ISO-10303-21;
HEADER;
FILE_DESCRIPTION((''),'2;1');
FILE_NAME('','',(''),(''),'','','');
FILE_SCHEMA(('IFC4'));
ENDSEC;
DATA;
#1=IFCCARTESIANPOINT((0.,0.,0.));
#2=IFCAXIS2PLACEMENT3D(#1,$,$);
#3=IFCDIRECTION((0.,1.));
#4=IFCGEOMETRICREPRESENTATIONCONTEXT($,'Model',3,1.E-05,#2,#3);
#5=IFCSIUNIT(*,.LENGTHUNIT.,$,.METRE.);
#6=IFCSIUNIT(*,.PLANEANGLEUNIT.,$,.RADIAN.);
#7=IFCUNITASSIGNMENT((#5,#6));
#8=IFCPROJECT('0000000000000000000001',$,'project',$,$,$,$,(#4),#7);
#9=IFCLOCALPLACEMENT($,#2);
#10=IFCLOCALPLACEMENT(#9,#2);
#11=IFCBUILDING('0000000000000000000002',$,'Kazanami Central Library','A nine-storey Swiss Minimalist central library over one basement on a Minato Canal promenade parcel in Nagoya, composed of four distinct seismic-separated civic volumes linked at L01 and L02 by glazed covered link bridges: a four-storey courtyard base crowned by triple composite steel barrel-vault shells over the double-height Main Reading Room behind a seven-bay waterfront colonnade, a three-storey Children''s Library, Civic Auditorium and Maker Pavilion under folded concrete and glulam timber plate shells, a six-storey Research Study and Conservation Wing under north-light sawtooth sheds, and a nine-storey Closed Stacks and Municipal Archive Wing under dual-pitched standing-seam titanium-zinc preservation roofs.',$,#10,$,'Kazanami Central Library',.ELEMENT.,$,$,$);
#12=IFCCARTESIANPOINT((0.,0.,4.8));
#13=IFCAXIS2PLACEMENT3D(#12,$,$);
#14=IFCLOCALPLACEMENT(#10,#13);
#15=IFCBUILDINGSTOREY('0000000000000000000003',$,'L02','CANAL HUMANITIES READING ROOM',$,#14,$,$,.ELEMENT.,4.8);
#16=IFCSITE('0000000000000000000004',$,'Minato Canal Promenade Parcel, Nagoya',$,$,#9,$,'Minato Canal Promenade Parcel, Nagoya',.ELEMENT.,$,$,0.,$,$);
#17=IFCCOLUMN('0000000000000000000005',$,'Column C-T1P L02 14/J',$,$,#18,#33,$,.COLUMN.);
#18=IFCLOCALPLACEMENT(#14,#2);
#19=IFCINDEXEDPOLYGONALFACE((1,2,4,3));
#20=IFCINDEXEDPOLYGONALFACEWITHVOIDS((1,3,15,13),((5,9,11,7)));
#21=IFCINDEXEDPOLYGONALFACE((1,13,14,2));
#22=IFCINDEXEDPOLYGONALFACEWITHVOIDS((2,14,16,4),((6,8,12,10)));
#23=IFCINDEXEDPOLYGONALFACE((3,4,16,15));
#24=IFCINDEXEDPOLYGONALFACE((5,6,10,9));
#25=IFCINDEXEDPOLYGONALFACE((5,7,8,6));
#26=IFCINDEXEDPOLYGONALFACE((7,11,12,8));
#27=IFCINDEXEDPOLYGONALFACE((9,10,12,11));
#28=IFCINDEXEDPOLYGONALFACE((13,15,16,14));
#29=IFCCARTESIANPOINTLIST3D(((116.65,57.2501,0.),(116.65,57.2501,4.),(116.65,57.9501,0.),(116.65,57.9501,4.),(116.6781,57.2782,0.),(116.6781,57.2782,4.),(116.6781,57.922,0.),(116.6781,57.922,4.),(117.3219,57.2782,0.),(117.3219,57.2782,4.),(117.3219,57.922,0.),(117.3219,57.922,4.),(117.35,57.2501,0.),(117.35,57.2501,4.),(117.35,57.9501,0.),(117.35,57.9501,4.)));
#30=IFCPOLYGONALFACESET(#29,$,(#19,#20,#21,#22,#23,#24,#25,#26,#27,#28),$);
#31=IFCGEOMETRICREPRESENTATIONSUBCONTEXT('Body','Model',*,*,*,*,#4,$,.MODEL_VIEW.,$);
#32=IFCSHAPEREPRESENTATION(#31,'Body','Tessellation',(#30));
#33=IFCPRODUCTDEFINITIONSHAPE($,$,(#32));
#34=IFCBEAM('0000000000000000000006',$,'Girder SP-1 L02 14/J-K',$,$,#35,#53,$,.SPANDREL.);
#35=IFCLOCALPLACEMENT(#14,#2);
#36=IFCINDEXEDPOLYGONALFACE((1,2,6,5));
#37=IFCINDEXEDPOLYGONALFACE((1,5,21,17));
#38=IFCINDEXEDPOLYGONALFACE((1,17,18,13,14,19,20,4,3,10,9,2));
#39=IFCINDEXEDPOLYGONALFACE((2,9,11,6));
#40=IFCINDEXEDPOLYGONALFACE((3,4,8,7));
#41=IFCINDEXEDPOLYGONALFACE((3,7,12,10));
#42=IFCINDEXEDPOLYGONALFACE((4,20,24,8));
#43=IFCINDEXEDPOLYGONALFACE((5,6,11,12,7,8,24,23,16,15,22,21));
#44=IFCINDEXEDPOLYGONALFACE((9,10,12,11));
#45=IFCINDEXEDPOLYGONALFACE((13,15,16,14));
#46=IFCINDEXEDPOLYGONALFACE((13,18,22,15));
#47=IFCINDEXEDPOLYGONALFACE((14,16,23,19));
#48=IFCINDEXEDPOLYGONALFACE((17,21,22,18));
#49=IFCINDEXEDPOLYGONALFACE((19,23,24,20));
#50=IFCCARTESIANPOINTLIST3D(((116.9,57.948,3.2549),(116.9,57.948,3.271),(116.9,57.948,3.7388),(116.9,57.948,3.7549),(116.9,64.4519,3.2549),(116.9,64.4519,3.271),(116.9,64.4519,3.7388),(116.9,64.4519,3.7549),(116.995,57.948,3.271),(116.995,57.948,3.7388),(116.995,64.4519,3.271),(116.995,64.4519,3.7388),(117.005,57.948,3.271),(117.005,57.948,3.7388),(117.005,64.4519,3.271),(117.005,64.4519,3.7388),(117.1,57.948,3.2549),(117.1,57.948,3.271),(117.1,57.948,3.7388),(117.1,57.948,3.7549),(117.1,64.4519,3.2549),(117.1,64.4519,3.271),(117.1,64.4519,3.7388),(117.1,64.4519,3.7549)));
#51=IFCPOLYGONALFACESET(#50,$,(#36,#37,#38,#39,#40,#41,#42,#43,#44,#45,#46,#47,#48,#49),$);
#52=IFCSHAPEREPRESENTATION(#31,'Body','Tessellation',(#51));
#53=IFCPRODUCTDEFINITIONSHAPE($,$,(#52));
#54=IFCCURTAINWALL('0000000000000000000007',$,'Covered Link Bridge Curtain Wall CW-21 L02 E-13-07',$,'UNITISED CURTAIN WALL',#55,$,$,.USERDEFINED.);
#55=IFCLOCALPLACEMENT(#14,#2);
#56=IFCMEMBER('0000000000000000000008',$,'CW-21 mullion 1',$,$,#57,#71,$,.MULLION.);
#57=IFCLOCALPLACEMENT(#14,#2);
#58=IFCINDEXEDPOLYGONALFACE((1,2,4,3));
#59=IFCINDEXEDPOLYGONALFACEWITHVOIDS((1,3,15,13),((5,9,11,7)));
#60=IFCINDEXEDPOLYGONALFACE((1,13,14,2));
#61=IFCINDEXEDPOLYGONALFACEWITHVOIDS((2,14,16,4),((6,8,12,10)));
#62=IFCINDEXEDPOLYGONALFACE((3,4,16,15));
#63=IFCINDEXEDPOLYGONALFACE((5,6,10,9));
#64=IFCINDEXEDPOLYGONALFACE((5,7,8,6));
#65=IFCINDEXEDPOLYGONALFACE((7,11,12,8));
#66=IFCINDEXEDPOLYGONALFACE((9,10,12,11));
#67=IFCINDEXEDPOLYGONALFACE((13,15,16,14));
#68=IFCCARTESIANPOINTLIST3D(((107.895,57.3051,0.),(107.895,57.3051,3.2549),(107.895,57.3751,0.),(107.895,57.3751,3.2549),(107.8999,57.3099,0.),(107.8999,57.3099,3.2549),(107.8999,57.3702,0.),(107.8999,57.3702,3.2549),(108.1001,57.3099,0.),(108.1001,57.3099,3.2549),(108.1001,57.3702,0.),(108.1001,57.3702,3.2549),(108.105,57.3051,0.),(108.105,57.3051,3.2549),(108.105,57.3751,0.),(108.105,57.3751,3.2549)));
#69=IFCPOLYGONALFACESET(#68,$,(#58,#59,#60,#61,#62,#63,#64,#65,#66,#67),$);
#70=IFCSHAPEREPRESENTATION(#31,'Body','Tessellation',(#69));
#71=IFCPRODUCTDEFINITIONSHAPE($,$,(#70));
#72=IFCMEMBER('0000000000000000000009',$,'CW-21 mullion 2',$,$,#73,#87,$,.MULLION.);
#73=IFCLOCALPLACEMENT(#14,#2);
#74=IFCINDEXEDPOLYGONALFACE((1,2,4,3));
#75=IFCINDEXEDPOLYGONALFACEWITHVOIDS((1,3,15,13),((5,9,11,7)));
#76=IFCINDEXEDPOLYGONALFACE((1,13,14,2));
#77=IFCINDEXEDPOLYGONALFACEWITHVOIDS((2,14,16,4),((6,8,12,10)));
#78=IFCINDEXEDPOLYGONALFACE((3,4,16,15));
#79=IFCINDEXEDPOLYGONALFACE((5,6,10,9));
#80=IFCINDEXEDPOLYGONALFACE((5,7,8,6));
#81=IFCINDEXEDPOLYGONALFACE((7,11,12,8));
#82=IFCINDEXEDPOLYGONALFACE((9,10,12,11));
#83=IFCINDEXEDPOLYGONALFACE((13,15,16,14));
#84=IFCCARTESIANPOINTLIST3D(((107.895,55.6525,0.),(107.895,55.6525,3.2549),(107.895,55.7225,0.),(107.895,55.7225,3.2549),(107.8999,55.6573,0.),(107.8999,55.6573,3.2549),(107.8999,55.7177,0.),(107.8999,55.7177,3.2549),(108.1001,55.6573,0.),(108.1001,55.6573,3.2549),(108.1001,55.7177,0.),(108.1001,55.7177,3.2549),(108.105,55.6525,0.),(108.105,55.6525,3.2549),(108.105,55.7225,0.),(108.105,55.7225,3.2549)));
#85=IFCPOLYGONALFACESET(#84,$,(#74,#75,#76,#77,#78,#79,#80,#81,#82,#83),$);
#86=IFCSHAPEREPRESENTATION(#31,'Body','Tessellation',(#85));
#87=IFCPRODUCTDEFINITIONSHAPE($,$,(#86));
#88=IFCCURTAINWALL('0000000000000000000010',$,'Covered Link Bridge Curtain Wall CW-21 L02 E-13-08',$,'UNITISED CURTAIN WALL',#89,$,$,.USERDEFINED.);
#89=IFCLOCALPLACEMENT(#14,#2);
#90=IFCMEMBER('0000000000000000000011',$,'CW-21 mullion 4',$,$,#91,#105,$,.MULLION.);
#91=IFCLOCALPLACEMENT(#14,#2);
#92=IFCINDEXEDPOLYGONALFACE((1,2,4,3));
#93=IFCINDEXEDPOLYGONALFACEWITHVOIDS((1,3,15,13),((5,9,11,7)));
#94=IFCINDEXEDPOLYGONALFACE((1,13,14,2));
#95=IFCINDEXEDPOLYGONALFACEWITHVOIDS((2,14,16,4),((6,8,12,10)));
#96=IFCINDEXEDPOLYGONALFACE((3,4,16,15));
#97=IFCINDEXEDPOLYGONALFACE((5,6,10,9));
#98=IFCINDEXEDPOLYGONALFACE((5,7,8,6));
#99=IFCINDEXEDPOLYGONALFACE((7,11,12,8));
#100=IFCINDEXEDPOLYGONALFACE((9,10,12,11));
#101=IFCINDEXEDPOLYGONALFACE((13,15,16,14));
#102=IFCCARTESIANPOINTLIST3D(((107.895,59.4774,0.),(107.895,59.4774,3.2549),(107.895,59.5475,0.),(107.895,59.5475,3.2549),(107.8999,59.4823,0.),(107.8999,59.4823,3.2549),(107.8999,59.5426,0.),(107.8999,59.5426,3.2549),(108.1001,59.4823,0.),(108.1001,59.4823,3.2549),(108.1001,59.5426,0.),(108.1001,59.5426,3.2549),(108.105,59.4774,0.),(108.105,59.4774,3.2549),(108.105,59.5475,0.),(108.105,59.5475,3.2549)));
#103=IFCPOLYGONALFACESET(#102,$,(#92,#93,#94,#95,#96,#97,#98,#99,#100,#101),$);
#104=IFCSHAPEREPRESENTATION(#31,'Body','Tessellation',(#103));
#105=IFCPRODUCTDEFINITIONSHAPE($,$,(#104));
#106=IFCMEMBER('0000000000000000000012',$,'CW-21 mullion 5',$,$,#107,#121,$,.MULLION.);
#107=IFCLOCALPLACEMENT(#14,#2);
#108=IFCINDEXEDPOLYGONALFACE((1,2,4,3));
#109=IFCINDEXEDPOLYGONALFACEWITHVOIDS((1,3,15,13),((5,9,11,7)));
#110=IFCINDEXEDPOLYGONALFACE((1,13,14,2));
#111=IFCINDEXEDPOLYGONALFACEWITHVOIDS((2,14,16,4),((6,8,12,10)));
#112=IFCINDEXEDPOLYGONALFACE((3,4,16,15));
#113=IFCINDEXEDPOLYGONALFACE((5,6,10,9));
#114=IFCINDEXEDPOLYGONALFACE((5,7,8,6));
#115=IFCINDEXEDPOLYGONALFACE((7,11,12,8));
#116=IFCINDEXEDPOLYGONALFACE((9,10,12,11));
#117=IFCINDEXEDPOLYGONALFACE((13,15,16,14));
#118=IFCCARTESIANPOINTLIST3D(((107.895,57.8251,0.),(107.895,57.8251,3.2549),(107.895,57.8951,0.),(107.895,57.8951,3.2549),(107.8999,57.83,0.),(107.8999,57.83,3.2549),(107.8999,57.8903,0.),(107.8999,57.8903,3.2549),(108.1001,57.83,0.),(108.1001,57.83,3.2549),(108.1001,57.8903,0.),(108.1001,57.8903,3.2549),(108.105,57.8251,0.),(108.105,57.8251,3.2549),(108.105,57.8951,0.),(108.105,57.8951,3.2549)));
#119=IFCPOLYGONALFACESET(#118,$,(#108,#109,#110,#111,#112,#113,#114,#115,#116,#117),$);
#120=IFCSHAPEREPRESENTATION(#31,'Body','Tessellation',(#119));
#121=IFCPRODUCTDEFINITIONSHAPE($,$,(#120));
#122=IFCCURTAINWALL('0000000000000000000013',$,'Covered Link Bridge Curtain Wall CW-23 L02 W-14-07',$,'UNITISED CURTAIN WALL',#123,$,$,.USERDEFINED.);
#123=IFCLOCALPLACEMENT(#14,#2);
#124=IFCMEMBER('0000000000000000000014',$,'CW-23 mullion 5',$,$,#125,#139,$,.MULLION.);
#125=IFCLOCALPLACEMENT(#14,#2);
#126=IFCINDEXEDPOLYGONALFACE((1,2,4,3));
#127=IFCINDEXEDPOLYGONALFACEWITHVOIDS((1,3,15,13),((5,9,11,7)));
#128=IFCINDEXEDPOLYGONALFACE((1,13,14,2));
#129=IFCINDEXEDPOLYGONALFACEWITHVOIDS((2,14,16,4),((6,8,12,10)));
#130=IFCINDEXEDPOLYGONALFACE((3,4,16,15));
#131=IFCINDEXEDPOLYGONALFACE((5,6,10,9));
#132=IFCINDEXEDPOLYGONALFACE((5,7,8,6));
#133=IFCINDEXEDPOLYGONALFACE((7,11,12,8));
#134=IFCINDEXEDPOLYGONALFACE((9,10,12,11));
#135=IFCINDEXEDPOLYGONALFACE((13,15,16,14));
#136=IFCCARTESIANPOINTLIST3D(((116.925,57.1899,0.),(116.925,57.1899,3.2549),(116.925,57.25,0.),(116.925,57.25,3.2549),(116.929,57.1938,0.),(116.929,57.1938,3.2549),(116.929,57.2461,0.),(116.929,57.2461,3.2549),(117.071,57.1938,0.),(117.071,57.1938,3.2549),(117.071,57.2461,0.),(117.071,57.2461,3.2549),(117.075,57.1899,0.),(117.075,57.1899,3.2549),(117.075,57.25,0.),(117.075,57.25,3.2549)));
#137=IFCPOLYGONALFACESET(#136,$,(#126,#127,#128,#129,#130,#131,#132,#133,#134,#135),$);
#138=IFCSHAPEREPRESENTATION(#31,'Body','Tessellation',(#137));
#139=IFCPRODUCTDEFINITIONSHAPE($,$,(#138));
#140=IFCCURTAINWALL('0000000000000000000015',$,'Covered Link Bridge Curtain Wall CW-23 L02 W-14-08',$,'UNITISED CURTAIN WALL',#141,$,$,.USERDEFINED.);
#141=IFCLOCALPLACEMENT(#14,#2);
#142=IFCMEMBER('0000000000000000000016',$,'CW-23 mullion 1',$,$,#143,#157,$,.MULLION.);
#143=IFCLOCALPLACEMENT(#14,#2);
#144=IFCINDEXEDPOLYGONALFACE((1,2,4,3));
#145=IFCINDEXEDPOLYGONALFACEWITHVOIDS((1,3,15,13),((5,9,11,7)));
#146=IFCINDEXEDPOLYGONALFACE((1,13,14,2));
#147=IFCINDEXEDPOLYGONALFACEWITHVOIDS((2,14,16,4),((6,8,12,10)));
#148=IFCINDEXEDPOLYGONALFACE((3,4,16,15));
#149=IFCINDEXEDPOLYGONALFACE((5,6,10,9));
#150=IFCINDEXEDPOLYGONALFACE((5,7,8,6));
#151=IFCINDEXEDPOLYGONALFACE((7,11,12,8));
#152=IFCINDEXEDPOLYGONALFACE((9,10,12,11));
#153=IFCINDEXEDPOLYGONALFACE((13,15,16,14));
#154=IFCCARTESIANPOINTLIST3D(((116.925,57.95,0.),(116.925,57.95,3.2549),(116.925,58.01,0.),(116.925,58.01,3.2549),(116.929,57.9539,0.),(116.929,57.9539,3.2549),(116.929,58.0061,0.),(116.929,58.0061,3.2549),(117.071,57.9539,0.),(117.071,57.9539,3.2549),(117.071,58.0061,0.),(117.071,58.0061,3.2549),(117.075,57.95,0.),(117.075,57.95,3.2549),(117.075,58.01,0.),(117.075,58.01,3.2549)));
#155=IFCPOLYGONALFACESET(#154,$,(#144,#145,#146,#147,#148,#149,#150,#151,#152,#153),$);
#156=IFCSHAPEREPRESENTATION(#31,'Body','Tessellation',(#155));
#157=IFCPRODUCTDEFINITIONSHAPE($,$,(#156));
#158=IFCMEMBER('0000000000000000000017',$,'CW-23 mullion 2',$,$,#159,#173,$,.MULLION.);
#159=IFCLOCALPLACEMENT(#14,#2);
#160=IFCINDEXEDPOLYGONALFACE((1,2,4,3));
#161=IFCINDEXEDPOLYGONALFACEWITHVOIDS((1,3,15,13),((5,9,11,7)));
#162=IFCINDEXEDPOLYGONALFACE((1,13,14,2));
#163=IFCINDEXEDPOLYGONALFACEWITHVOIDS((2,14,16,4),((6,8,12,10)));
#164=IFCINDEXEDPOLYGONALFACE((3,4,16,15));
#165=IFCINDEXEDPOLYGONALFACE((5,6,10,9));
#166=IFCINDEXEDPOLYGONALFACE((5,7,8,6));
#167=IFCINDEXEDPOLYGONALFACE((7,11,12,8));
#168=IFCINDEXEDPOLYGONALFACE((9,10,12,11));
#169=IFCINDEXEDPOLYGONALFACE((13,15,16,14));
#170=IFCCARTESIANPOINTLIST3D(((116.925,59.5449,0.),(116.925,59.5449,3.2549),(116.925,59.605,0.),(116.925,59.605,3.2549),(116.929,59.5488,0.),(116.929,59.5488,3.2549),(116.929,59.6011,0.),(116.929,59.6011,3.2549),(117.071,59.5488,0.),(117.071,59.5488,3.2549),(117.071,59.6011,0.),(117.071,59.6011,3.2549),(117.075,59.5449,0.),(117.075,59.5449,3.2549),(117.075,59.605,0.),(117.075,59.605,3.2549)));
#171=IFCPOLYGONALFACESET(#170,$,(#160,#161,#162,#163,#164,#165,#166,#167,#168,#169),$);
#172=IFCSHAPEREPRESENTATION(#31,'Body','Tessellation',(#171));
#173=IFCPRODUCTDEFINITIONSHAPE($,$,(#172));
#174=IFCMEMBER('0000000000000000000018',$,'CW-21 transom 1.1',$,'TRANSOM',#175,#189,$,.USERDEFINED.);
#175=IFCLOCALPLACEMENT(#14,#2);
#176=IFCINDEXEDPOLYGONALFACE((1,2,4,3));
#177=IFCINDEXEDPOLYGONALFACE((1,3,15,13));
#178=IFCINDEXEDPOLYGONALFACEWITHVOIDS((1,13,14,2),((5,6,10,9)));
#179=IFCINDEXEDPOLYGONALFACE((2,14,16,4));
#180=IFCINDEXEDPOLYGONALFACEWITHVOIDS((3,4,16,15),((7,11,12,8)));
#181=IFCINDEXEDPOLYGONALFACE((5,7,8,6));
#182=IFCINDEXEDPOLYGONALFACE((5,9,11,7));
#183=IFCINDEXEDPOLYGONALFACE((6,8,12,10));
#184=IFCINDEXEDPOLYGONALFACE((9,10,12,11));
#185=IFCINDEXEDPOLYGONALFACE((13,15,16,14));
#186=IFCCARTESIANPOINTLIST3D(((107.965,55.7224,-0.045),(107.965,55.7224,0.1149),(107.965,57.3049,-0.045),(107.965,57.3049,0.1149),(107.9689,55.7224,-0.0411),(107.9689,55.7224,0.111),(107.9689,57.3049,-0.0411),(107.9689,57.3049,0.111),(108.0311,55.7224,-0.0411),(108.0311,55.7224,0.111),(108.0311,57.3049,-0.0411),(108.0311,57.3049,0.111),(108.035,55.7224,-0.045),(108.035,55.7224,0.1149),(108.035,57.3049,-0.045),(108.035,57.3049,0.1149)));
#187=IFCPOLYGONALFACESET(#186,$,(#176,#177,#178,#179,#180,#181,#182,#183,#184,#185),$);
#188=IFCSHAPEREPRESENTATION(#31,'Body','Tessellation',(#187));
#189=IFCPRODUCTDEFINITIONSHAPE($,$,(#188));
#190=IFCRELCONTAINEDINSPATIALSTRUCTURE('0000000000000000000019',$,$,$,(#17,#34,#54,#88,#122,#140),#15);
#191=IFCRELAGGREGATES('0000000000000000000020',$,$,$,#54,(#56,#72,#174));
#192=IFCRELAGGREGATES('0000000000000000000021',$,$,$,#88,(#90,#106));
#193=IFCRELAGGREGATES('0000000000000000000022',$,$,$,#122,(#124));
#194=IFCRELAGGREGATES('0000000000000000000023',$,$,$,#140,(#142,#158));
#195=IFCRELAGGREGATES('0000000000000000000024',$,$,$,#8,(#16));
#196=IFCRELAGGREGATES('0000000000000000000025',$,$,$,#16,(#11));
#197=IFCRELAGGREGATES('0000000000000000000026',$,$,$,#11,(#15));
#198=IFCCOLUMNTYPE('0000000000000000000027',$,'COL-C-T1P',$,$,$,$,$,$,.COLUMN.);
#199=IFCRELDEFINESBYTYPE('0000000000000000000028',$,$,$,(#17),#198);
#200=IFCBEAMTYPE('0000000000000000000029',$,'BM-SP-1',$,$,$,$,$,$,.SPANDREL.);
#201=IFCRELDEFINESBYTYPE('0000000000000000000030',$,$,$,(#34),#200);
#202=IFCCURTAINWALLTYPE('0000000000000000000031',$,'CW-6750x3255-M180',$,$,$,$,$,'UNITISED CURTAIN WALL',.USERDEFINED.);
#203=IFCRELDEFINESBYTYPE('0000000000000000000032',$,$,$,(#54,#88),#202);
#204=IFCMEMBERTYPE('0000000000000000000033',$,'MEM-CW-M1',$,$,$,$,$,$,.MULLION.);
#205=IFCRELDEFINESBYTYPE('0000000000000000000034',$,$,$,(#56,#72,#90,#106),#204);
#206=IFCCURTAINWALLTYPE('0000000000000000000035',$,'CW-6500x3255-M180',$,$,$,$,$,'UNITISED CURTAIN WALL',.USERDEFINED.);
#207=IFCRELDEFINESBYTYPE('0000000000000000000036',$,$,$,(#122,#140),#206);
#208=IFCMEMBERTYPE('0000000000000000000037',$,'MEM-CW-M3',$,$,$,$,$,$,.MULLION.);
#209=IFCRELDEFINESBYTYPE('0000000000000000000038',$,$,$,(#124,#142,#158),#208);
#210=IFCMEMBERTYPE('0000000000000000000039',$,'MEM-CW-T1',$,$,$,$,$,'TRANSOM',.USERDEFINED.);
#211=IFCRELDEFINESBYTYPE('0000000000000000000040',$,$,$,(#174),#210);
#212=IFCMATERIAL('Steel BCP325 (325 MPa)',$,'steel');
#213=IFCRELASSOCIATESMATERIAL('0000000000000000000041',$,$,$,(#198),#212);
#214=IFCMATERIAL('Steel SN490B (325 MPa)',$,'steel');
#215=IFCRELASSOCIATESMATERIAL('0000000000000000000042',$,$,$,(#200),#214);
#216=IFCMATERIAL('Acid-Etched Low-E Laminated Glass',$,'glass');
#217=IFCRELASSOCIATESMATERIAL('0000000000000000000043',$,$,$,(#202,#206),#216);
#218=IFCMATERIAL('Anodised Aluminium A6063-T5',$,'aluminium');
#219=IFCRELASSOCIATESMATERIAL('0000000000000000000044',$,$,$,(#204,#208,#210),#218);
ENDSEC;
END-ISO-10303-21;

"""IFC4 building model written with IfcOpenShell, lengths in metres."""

from ifc_helpers import new_model, si_unit, direction, frame, origin, origin_2d, place, context, subcontext, project, spatial, hollow_rectangle, i_section, extrude, material, material_profile, profile_set, type_object, element, aggregate, save


model = new_model("IFC4")

# Units and contexts
model_context = context("Model", 3, precision=1e-05, world=origin(), true_north=direction((0.0, 1.0)))
body_context = subcontext(model_context, "Body", "Model", "MODEL_VIEW")
ifc_project = project(units=[si_unit("LENGTHUNIT", "METRE"), si_unit("PLANEANGLEUNIT", "RADIAN")], contexts=[model_context])

# Site, building, storey
site_placement = place(None, origin())
site = spatial("IfcSite", under=ifc_project, at=site_placement, Name="Minato Canal Promenade Parcel, Nagoya", LongName="Minato Canal Promenade Parcel, Nagoya", CompositionType="ELEMENT", RefElevation=0.0)
building_placement = place(site_placement, origin())
building = spatial("IfcBuilding", under=site, at=building_placement, Name="Kazanami Central Library", Description="A nine-storey Swiss Minimalist central library over one basement on a Minato Canal promenade parcel in Nagoya, composed of four distinct seismic-separated civic volumes linked at L01 and L02 by glazed covered link bridges: a four-storey courtyard base crowned by triple composite steel barrel-vault shells over the double-height Main Reading Room behind a seven-bay waterfront colonnade, a three-storey Children's Library, Civic Auditorium and Maker Pavilion under folded concrete and glulam timber plate shells, a six-storey Research Study and Conservation Wing under north-light sawtooth sheds, and a nine-storey Closed Stacks and Municipal Archive Wing under dual-pitched standing-seam titanium-zinc preservation roofs.", LongName="Kazanami Central Library", CompositionType="ELEMENT")
storey_placement = place(building_placement, frame((0.0, 0.0, 4.8)))
storey = spatial("IfcBuildingStorey", under=building, at=storey_placement, Name="L02", Description="CANAL HUMANITIES READING ROOM", CompositionType="ELEMENT", Elevation=4.8)

# Column
ifc_material_1 = material(Name="Steel BCP325 (325 MPa)", Category="steel")
ifc_material_profile_1 = material_profile(ifc_material_1, hollow_rectangle(XDim=0.7, YDim=0.7, WallThickness=0.0281, at=origin_2d()), Name="BCP-700x700x28")
ifc_profile_set_1 = profile_set([ifc_material_profile_1], Name="Steel BCP325 (325 MPa)")
column_type = type_object("IfcColumnType", Name="COL-C-T1P", PredefinedType="COLUMN", material=ifc_profile_set_1)
column_placement = place(storey_placement, frame((117.0, 57.6001, 0.0), z_axis=(0.0, 0.0, 1.0), x_axis=(1.0, 0.0, 0.0)))
element("IfcColumn", 1, at=column_placement, inside=storey, type_object=column_type, Name="Column C-T1P L02 14/J", PredefinedType="COLUMN", context=body_context, shape_type="SweptSolid", body=[
    extrude(hollow_rectangle(XDim=0.7, YDim=0.7, WallThickness=0.0281, at=origin_2d()), origin(), (0.0, 0.0, 1.0), 4.0),
])

# Beam
ifc_material_2 = material(Name="Steel SN490B (325 MPa)", Category="steel")
ifc_material_profile_2 = material_profile(ifc_material_2, i_section(OverallWidth=0.2, OverallDepth=0.5, WebThickness=0.01, FlangeThickness=0.0161, at=origin_2d()), Name="H-500x200x10x16")
ifc_profile_set_2 = profile_set([ifc_material_profile_2], Name="Steel SN490B (325 MPa)")
beam_type = type_object("IfcBeamType", Name="BM-SP-1", PredefinedType="SPANDREL", material=ifc_profile_set_2)
beam_placement = place(storey_placement, frame((117.0, 57.948, 3.5049), z_axis=(0.0, 1.0, 0.0), x_axis=(-1.0, 0.0, 0.0)))
element("IfcBeam", 2, at=beam_placement, inside=storey, type_object=beam_type, Name="Girder SP-1 L02 14/J-K", PredefinedType="SPANDREL", context=body_context, shape_type="SweptSolid", body=[
    extrude(i_section(OverallWidth=0.2, OverallDepth=0.5, WebThickness=0.01, FlangeThickness=0.0161, at=origin_2d()), origin(), (0.0, 0.0, 1.0), 6.5039),
])

# Curtain walls, members
ifc_material_3 = material(Name="Acid-Etched Low-E Laminated Glass", Category="glass")
curtain_wall_type_1 = type_object("IfcCurtainWallType", Name="CW-6750x3255-M180", ElementType="UNITISED CURTAIN WALL", PredefinedType="USERDEFINED", material=ifc_material_3)
curtain_wall_1_placement = place(storey_placement, origin())
curtain_wall_1 = element("IfcCurtainWall", 3, at=curtain_wall_1_placement, inside=storey, type_object=curtain_wall_type_1, Name="Covered Link Bridge Curtain Wall CW-21 L02 E-13-07", ObjectType="UNITISED CURTAIN WALL", PredefinedType="USERDEFINED")
ifc_material_4 = material(Name="Anodised Aluminium A6063-T5", Category="aluminium")
ifc_material_profile_3 = material_profile(ifc_material_4, hollow_rectangle(XDim=0.0701, YDim=0.21, WallThickness=0.0049, at=origin_2d()), Name="ALU-MULL-70x210x5")
ifc_profile_set_3 = profile_set([ifc_material_profile_3], Name="Anodised Aluminium A6063-T5")
member_type_1 = type_object("IfcMemberType", Name="MEM-CW-M1", PredefinedType="MULLION", material=ifc_profile_set_3)
member_1_placement = place(storey_placement, frame((108.0, 57.3401, 0.0), z_axis=(0.0, 0.0, 1.0), x_axis=(0.0, -1.0, 0.0)))
member_1 = element("IfcMember", 4, at=member_1_placement, type_object=member_type_1, Name="CW-21 mullion 1", PredefinedType="MULLION", context=body_context, shape_type="SweptSolid", body=[
    extrude(hollow_rectangle(XDim=0.0701, YDim=0.21, WallThickness=0.0049, at=origin_2d()), origin(), (0.0, 0.0, 1.0), 3.2549),
])
member_2_placement = place(storey_placement, frame((108.0, 55.6875, 0.0), z_axis=(0.0, 0.0, 1.0), x_axis=(0.0, -1.0, 0.0)))
member_2 = element("IfcMember", 5, at=member_2_placement, type_object=member_type_1, Name="CW-21 mullion 2", PredefinedType="MULLION", context=body_context, shape_type="SweptSolid", body=[
    extrude(hollow_rectangle(XDim=0.0701, YDim=0.21, WallThickness=0.0049, at=origin_2d()), origin(), (0.0, 0.0, 1.0), 3.2549),
])
curtain_wall_2_placement = place(storey_placement, origin())
curtain_wall_2 = element("IfcCurtainWall", 6, at=curtain_wall_2_placement, inside=storey, type_object=curtain_wall_type_1, Name="Covered Link Bridge Curtain Wall CW-21 L02 E-13-08", ObjectType="UNITISED CURTAIN WALL", PredefinedType="USERDEFINED")
member_3_placement = place(storey_placement, frame((108.0, 59.5125, 0.0), z_axis=(0.0, 0.0, 1.0), x_axis=(0.0, -1.0, 0.0)))
member_3 = element("IfcMember", 7, at=member_3_placement, type_object=member_type_1, Name="CW-21 mullion 4", PredefinedType="MULLION", context=body_context, shape_type="SweptSolid", body=[
    extrude(hollow_rectangle(XDim=0.0701, YDim=0.21, WallThickness=0.0049, at=origin_2d()), origin(), (0.0, 0.0, 1.0), 3.2549),
])
member_4_placement = place(storey_placement, frame((108.0, 57.8601, 0.0), z_axis=(0.0, 0.0, 1.0), x_axis=(0.0, -1.0, 0.0)))
member_4 = element("IfcMember", 8, at=member_4_placement, type_object=member_type_1, Name="CW-21 mullion 5", PredefinedType="MULLION", context=body_context, shape_type="SweptSolid", body=[
    extrude(hollow_rectangle(XDim=0.0701, YDim=0.21, WallThickness=0.0049, at=origin_2d()), origin(), (0.0, 0.0, 1.0), 3.2549),
])

# Curtain wall, member
curtain_wall_type_2 = type_object("IfcCurtainWallType", Name="CW-6500x3255-M180", ElementType="UNITISED CURTAIN WALL", PredefinedType="USERDEFINED", material=ifc_material_3)
curtain_wall_3_placement = place(storey_placement, origin())
curtain_wall_3 = element("IfcCurtainWall", 9, at=curtain_wall_3_placement, inside=storey, type_object=curtain_wall_type_2, Name="Covered Link Bridge Curtain Wall CW-23 L02 W-14-07", ObjectType="UNITISED CURTAIN WALL", PredefinedType="USERDEFINED")
ifc_material_profile_4 = material_profile(ifc_material_4, hollow_rectangle(XDim=0.0601, YDim=0.1499, WallThickness=0.0039, at=origin_2d()), Name="ALU-MULL-60x150x4")
ifc_profile_set_4 = profile_set([ifc_material_profile_4], Name="Anodised Aluminium A6063-T5")
member_type_2 = type_object("IfcMemberType", Name="MEM-CW-M3", PredefinedType="MULLION", material=ifc_profile_set_4)
member_5_placement = place(storey_placement, frame((117.0, 57.22, 0.0), z_axis=(0.0, 0.0, 1.0), x_axis=(0.0, 1.0, 0.0)))
member_5 = element("IfcMember", 10, at=member_5_placement, type_object=member_type_2, Name="CW-23 mullion 5", PredefinedType="MULLION", context=body_context, shape_type="SweptSolid", body=[
    extrude(hollow_rectangle(XDim=0.0601, YDim=0.1499, WallThickness=0.0039, at=origin_2d()), origin(), (0.0, 0.0, 1.0), 3.2549),
])

# Curtain wall, members
curtain_wall_4_placement = place(storey_placement, origin())
curtain_wall_4 = element("IfcCurtainWall", 11, at=curtain_wall_4_placement, inside=storey, type_object=curtain_wall_type_2, Name="Covered Link Bridge Curtain Wall CW-23 L02 W-14-08", ObjectType="UNITISED CURTAIN WALL", PredefinedType="USERDEFINED")
member_6_placement = place(storey_placement, frame((117.0, 57.98, 0.0), z_axis=(0.0, 0.0, 1.0), x_axis=(0.0, 1.0, 0.0)))
member_6 = element("IfcMember", 12, at=member_6_placement, type_object=member_type_2, Name="CW-23 mullion 1", PredefinedType="MULLION", context=body_context, shape_type="SweptSolid", body=[
    extrude(hollow_rectangle(XDim=0.0601, YDim=0.1499, WallThickness=0.0039, at=origin_2d()), origin(), (0.0, 0.0, 1.0), 3.2549),
])
member_7_placement = place(storey_placement, frame((117.0, 59.575, 0.0), z_axis=(0.0, 0.0, 1.0), x_axis=(0.0, 1.0, 0.0)))
member_7 = element("IfcMember", 13, at=member_7_placement, type_object=member_type_2, Name="CW-23 mullion 2", PredefinedType="MULLION", context=body_context, shape_type="SweptSolid", body=[
    extrude(hollow_rectangle(XDim=0.0601, YDim=0.1499, WallThickness=0.0039, at=origin_2d()), origin(), (0.0, 0.0, 1.0), 3.2549),
])

# Member
ifc_material_profile_5 = material_profile(ifc_material_4, hollow_rectangle(XDim=0.0701, YDim=0.1599, WallThickness=0.0039, at=origin_2d()), Name="ALU-TRAN-70x160x4")
ifc_profile_set_5 = profile_set([ifc_material_profile_5], Name="Anodised Aluminium A6063-T5")
member_type_3 = type_object("IfcMemberType", Name="MEM-CW-T1", ElementType="TRANSOM", PredefinedType="USERDEFINED", material=ifc_profile_set_5)
member_8_placement = place(storey_placement, frame((108.0, 57.3049, 0.0349), z_axis=(0.0, -1.0, 0.0), x_axis=(1.0, 0.0, 0.0)))
member_8 = element("IfcMember", 14, at=member_8_placement, type_object=member_type_3, Name="CW-21 transom 1.1", ObjectType="TRANSOM", PredefinedType="USERDEFINED", context=body_context, shape_type="SweptSolid", body=[
    extrude(hollow_rectangle(XDim=0.0701, YDim=0.1599, WallThickness=0.0039, at=origin_2d()), origin(), (0.0, 0.0, 1.0), 1.5825),
])

aggregate(curtain_wall_1, [member_1, member_2, member_8])
aggregate(curtain_wall_2, [member_3, member_4])
aggregate(curtain_wall_3, [member_5])
aggregate(curtain_wall_4, [member_6, member_7])

save(model, "model.ifc")
